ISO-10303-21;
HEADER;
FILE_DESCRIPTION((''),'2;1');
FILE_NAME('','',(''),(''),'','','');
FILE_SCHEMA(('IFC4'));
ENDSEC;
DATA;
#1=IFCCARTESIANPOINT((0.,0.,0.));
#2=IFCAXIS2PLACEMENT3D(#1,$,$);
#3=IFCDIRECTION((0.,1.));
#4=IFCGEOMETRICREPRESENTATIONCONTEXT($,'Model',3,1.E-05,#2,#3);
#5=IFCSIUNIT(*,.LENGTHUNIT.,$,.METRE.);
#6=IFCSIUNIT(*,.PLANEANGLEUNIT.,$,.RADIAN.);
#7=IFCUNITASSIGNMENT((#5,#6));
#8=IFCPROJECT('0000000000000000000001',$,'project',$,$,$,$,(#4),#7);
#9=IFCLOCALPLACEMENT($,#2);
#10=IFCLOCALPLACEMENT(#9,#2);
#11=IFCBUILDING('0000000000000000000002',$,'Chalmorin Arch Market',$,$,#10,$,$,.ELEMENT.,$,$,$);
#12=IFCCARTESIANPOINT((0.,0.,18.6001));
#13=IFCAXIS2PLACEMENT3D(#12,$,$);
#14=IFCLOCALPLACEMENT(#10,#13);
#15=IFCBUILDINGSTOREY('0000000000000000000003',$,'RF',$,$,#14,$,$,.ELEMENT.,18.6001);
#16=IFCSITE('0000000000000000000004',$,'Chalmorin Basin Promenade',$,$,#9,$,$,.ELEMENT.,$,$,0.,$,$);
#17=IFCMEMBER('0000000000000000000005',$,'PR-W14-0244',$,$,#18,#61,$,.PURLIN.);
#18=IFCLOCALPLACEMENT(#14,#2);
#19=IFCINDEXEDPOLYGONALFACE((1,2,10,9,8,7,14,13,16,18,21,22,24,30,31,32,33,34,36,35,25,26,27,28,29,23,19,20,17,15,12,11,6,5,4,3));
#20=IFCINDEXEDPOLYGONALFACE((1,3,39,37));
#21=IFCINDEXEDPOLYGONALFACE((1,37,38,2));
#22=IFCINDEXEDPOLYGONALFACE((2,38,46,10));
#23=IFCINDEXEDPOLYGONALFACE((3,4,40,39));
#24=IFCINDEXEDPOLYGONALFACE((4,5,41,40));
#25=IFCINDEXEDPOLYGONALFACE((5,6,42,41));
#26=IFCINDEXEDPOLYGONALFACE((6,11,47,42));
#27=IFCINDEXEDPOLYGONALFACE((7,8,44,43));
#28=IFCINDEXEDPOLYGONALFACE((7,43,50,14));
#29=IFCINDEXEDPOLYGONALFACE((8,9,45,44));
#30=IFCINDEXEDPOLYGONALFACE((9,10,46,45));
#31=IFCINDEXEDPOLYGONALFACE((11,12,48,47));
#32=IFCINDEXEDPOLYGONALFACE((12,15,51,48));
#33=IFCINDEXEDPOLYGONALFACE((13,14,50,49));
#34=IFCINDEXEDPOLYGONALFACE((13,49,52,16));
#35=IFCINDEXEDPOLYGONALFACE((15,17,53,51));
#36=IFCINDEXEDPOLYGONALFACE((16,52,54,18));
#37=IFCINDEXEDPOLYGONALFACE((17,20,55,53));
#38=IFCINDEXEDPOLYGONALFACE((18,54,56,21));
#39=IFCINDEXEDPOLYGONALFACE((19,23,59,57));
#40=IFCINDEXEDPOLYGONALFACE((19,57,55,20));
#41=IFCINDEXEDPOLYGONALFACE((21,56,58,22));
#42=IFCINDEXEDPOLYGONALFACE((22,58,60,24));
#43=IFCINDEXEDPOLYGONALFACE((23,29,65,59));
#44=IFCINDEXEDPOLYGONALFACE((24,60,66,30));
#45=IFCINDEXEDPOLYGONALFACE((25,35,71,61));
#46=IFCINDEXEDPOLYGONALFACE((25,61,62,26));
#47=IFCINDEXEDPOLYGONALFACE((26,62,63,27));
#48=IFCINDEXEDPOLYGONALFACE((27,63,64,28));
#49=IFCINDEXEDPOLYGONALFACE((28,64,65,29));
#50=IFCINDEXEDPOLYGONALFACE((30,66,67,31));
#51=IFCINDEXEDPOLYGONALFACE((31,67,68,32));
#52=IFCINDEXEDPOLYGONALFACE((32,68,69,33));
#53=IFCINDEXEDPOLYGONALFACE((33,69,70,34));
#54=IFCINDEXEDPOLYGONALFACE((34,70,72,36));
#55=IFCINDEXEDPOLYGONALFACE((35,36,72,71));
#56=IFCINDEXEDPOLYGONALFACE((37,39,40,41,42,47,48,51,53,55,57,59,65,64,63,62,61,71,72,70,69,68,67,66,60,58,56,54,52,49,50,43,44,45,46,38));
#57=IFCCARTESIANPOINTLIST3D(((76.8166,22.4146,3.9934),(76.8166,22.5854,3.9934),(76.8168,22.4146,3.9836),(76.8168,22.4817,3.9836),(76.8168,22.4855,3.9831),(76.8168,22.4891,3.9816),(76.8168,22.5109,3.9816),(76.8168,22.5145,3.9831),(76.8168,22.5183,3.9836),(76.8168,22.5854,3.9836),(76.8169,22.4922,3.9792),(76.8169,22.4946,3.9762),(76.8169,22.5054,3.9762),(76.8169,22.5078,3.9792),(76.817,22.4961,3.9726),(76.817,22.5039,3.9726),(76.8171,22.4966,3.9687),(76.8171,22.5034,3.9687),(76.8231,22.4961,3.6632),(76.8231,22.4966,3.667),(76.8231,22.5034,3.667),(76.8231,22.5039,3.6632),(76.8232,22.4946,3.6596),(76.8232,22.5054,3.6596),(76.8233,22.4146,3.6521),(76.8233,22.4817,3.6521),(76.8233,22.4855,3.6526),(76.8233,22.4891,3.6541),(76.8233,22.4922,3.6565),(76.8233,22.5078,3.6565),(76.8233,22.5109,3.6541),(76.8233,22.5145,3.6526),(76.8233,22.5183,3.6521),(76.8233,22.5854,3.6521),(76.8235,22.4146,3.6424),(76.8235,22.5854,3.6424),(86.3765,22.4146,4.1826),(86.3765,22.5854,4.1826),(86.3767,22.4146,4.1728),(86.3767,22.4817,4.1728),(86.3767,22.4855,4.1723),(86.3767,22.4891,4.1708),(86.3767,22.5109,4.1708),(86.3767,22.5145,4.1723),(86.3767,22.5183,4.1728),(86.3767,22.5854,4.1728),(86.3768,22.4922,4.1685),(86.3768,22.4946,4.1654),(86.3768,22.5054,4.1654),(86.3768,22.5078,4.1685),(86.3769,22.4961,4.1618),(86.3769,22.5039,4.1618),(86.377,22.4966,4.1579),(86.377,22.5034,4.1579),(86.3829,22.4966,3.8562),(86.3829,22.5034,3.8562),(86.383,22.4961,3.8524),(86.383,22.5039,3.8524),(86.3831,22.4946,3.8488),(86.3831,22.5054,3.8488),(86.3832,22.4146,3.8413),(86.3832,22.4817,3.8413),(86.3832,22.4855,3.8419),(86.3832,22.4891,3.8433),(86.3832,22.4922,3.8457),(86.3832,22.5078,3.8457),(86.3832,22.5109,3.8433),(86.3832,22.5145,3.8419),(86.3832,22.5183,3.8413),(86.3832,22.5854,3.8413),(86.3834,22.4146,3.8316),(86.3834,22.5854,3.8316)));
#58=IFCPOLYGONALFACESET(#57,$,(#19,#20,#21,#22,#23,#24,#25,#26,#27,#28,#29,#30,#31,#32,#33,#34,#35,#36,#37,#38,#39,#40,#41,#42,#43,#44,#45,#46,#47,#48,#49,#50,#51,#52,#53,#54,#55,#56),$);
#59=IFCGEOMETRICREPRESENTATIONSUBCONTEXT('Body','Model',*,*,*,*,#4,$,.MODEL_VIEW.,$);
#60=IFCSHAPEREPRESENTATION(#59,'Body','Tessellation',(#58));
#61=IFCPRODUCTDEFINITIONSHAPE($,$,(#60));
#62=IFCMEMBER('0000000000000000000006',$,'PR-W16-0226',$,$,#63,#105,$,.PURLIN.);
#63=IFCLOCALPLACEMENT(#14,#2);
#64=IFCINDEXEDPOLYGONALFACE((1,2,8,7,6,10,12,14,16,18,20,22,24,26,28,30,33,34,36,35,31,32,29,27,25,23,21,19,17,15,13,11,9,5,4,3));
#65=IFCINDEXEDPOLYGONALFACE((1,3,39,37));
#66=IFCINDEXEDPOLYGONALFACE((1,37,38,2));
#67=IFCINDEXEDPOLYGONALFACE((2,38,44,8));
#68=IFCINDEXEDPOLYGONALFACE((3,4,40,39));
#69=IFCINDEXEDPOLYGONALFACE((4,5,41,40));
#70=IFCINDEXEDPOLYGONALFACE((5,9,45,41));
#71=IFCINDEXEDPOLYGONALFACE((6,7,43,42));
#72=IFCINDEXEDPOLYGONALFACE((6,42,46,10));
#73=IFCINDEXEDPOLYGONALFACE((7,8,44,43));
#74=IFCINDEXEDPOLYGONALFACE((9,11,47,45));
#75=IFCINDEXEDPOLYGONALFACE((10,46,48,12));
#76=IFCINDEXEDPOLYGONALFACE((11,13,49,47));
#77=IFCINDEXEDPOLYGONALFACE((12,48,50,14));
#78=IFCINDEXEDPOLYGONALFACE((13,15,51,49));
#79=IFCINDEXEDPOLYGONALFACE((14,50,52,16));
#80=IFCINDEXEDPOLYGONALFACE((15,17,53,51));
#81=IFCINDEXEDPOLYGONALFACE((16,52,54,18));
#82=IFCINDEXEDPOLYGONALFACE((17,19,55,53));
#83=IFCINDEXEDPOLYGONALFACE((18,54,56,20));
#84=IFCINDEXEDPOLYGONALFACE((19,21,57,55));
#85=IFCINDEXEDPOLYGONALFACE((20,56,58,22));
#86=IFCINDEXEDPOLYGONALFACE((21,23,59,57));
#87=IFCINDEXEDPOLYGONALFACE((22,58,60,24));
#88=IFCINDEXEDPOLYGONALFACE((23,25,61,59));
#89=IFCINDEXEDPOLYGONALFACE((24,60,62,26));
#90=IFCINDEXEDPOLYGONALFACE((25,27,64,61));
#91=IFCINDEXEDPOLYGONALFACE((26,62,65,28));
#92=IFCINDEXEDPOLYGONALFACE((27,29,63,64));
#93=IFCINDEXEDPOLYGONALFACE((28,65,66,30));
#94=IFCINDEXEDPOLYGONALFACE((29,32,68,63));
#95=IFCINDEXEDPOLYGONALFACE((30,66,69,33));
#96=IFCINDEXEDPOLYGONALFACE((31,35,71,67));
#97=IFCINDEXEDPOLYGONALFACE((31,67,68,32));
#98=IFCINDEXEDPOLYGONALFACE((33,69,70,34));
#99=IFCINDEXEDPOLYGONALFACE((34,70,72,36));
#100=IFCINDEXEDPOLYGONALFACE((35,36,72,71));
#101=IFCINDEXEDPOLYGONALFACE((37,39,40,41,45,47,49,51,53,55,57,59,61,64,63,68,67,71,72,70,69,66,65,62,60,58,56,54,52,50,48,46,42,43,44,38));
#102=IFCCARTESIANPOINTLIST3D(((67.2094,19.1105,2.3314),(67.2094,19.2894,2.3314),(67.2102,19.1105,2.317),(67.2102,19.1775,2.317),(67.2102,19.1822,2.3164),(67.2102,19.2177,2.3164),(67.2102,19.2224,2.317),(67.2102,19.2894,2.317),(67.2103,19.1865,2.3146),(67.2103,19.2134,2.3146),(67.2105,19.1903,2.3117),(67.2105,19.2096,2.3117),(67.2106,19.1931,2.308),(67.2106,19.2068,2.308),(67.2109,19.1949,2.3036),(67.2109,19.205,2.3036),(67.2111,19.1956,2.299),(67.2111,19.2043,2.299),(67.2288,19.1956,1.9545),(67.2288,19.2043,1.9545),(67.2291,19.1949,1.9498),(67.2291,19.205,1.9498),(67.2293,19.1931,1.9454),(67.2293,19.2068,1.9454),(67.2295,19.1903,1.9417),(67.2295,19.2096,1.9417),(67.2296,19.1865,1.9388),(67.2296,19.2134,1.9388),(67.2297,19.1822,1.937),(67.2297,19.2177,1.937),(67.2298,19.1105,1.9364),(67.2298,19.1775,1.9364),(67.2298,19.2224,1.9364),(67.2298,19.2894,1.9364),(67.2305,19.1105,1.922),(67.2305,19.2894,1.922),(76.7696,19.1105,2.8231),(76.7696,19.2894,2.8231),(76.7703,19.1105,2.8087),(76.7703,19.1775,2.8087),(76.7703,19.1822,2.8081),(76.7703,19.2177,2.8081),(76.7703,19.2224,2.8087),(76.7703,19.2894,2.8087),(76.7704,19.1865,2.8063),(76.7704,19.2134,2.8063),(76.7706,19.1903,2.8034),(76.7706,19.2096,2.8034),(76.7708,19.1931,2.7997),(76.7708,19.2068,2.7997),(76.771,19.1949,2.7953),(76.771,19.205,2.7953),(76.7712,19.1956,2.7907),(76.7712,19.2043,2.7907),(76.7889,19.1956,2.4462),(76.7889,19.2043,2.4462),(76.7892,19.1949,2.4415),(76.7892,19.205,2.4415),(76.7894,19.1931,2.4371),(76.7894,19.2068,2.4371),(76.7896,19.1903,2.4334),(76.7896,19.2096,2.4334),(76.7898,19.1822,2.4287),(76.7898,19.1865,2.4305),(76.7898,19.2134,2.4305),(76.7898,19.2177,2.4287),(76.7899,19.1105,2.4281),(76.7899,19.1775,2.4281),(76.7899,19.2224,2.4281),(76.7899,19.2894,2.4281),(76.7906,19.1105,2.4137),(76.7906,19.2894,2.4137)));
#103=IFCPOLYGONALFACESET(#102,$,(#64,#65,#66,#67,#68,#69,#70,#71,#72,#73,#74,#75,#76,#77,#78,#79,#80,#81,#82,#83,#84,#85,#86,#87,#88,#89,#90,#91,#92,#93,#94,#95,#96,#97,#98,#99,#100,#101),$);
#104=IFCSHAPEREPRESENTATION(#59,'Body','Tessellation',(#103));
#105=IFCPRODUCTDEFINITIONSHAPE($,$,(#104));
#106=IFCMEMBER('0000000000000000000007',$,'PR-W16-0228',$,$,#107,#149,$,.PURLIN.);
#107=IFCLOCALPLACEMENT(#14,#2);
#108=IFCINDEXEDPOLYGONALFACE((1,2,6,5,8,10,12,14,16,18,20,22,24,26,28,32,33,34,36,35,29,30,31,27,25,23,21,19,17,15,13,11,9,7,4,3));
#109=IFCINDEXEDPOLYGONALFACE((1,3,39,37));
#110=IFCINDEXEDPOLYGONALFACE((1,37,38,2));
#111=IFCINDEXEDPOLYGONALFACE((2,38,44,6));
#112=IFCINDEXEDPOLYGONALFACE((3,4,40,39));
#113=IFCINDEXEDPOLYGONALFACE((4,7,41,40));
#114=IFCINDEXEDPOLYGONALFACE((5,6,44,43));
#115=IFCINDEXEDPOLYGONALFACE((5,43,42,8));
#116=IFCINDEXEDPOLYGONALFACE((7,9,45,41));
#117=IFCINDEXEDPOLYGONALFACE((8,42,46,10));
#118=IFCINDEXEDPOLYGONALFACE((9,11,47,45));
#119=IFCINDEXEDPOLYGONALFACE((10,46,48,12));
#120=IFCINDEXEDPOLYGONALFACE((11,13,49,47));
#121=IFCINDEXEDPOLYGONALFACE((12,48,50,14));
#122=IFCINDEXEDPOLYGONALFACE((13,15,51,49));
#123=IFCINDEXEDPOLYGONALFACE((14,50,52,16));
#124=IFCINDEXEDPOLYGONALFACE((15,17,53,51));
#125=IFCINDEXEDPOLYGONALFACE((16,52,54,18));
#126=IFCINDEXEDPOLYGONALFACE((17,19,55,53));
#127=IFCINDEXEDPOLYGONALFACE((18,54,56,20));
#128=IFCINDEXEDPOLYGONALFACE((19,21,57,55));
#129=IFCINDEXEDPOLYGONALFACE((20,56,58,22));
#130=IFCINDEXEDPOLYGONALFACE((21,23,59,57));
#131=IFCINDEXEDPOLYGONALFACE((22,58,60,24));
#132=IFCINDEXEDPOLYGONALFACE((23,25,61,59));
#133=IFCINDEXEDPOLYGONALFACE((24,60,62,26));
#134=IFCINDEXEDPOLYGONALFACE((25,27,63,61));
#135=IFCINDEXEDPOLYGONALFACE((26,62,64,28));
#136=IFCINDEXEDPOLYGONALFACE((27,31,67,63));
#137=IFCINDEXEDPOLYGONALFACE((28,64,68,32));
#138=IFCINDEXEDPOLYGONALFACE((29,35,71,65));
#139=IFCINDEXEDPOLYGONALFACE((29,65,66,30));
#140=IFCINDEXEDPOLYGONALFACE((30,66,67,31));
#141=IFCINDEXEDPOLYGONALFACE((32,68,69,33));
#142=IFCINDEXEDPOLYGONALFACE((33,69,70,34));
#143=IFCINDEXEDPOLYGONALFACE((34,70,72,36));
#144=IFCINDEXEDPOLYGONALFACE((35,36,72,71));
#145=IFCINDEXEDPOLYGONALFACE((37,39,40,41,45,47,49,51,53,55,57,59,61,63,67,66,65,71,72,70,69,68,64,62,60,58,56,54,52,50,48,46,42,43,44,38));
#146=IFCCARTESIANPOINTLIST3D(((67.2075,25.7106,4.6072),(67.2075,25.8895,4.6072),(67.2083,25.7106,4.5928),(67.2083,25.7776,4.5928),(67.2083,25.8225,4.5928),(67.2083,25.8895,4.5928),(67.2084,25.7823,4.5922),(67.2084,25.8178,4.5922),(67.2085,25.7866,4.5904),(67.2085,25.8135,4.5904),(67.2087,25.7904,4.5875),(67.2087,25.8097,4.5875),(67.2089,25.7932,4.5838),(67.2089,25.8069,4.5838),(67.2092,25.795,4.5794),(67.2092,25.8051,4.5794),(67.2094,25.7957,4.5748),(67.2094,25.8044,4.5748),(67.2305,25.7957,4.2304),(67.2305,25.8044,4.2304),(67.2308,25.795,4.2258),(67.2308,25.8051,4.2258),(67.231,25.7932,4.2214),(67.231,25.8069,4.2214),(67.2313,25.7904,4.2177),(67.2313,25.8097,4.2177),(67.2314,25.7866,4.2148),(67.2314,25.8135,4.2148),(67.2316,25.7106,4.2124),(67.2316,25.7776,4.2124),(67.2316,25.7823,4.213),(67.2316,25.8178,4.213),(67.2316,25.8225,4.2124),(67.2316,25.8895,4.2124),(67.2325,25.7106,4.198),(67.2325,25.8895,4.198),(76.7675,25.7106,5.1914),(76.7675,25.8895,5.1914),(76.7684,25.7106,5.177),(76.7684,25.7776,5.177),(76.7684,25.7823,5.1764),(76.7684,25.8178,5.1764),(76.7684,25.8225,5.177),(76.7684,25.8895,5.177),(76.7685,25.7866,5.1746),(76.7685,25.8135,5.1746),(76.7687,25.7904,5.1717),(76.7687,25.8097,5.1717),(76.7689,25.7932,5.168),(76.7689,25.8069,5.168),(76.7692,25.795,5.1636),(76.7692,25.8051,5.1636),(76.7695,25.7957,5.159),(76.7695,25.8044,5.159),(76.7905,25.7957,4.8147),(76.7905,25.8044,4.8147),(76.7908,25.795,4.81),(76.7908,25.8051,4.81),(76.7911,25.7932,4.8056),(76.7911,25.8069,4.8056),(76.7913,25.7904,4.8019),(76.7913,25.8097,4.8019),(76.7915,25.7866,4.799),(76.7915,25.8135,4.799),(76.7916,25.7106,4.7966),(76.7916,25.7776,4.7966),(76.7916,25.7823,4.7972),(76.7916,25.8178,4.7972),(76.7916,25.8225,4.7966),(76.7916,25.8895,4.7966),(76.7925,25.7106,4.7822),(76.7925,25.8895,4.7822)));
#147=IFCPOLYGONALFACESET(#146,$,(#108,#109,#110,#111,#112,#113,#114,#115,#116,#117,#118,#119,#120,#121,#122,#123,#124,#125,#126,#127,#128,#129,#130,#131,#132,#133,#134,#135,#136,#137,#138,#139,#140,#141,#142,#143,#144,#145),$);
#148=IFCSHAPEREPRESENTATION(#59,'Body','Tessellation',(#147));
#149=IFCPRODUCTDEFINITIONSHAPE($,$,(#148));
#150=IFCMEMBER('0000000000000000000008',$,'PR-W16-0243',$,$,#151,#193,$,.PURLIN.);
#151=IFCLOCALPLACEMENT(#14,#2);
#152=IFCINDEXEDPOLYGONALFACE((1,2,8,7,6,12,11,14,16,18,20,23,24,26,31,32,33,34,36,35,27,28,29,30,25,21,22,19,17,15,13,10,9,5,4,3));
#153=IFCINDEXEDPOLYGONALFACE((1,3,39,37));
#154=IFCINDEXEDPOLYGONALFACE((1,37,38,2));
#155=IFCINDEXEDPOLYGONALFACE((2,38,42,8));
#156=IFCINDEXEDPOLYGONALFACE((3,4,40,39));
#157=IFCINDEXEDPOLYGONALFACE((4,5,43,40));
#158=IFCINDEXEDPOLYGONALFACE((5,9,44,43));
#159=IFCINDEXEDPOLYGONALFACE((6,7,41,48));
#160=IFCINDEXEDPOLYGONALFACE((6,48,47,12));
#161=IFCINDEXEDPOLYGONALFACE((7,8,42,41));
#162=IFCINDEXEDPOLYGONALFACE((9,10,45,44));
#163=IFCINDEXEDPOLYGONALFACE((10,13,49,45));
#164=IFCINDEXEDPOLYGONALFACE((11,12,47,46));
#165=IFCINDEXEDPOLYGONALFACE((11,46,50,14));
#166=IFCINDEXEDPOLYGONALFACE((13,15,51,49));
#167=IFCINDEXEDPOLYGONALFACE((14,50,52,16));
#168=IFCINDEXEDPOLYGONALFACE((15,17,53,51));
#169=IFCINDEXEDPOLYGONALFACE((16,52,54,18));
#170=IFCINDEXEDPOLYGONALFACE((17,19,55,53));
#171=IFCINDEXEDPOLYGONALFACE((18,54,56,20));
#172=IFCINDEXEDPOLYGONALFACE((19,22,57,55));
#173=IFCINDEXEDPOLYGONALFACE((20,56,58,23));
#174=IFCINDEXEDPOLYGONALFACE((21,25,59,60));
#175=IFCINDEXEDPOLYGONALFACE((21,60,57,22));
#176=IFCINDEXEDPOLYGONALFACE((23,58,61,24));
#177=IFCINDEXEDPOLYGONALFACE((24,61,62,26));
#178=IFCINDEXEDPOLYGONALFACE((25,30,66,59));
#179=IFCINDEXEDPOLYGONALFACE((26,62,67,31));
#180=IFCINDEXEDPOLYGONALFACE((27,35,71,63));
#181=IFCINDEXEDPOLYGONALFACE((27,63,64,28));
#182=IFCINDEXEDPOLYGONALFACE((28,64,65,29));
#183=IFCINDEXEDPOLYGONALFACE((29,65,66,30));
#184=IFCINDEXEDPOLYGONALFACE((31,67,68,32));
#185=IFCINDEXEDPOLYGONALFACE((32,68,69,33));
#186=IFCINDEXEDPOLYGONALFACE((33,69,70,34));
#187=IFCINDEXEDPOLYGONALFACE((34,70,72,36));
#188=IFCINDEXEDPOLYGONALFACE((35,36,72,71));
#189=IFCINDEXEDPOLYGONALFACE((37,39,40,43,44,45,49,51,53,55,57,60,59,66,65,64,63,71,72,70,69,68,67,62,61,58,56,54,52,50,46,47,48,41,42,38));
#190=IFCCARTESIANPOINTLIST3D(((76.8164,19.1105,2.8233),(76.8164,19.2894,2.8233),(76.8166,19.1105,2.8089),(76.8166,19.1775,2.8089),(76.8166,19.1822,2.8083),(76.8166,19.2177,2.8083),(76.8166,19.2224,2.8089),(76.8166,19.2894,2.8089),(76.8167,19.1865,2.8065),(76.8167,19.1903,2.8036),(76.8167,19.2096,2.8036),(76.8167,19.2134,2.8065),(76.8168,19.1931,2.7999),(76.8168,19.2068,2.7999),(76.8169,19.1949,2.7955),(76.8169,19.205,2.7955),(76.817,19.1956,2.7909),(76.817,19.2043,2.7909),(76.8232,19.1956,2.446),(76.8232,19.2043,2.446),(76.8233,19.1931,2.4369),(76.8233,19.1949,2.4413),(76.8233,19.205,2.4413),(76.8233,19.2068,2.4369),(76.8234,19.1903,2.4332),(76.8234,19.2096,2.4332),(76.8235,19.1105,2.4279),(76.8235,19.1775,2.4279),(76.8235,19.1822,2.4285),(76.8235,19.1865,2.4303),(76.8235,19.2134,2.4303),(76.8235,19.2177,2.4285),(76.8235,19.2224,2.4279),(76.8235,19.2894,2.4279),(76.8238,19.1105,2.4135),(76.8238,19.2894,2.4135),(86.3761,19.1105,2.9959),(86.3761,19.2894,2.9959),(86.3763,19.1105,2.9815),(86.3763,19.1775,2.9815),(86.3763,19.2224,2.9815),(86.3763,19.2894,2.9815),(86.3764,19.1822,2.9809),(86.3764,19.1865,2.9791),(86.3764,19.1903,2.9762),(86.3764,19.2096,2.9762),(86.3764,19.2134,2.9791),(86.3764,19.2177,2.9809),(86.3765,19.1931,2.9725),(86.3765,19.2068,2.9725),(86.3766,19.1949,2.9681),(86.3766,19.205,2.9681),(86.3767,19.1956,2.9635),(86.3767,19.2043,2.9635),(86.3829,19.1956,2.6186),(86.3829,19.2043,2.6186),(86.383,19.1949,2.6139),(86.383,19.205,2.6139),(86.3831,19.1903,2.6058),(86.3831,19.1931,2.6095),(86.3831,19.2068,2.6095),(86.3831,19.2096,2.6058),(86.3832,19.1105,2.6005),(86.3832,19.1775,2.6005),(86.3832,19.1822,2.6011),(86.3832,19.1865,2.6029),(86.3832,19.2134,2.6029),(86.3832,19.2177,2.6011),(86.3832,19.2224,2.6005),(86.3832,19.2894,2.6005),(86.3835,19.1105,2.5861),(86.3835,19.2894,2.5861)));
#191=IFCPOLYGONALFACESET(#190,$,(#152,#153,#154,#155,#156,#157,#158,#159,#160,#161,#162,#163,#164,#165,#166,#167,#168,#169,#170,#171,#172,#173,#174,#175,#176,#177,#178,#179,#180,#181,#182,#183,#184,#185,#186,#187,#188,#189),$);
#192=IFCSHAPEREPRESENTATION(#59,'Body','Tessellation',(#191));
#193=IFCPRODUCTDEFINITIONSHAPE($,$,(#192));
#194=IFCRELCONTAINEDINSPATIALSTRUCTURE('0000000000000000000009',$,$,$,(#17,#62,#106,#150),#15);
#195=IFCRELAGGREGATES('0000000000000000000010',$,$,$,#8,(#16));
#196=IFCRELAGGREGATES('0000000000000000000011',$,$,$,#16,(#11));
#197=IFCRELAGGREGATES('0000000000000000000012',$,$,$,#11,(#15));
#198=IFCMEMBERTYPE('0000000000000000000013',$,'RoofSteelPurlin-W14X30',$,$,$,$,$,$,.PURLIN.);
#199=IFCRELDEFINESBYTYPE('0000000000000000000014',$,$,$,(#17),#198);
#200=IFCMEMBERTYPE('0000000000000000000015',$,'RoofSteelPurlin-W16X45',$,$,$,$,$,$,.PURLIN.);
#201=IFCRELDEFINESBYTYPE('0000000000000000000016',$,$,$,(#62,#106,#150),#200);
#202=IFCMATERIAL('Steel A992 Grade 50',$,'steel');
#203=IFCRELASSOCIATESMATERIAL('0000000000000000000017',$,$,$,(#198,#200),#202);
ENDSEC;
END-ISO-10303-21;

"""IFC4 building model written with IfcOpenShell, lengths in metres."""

from ifc_helpers import new_model, si_unit, direction, frame, origin, origin_2d, place, context, subcontext, project, spatial, i_section, extrude, material, material_profile, profile_set, type_object, element, save


model = new_model("IFC4")

# Units and contexts
model_context = context("Model", 3, precision=1e-05, world=origin(), true_north=direction((0.0, 1.0)))
body_context = subcontext(model_context, "Body", "Model", "MODEL_VIEW")
ifc_project = project(units=[si_unit("LENGTHUNIT", "METRE"), si_unit("PLANEANGLEUNIT", "RADIAN")], contexts=[model_context])

# Site, building, storey
site_placement = place(None, origin())
site = spatial("IfcSite", under=ifc_project, at=site_placement, Name="Chalmorin Basin Promenade", CompositionType="ELEMENT", RefElevation=0.0)
building_placement = place(site_placement, origin())
building = spatial("IfcBuilding", under=site, at=building_placement, Name="Chalmorin Arch Market", CompositionType="ELEMENT")
storey_placement = place(building_placement, frame((0.0, 0.0, 18.6001)))
storey = spatial("IfcBuildingStorey", under=building, at=storey_placement, Name="RF", CompositionType="ELEMENT", Elevation=18.6001)

# Members
ifc_material_1 = material(Name="Steel A992 Grade 50", Category="steel")
ifc_material_profile_1 = material_profile(ifc_material_1, i_section(OverallWidth=0.1709, OverallDepth=0.3511, WebThickness=0.0068, FlangeThickness=0.0098, FilletRadius=0.0149, at=origin_2d()), Name="W14X30")
ifc_profile_set_1 = profile_set([ifc_material_profile_1], Name="Steel A992 Grade 50")
member_type_1 = type_object("IfcMemberType", Name="RoofSteelPurlin-W14X30", PredefinedType="PURLIN", material=ifc_profile_set_1)
member_1_placement = place(storey_placement, frame((76.8201, 22.5, 3.8179), z_axis=(0.999804, 0.0, 0.019788), x_axis=(0.0, 1.0, 0.0)))
element("IfcMember", 1, at=member_1_placement, inside=storey, type_object=member_type_1, Name="PR-W14-0244", PredefinedType="PURLIN", context=body_context, shape_type="SweptSolid", body=[
    extrude(i_section(OverallWidth=0.1709, OverallDepth=0.3511, WebThickness=0.0068, FlangeThickness=0.0098, FilletRadius=0.0149, at=origin_2d()), origin(), (0.0, 0.0, 1.0), 9.5618),
])
ifc_material_profile_2 = material_profile(ifc_material_1, i_section(OverallWidth=0.179, OverallDepth=0.4099, WebThickness=0.0088, FlangeThickness=0.0144, FilletRadius=0.0181, at=origin_2d()), Name="W16X45")
ifc_profile_set_2 = profile_set([ifc_material_profile_2], Name="Steel A992 Grade 50")
member_type_2 = type_object("IfcMemberType", Name="RoofSteelPurlin-W16X45", PredefinedType="PURLIN", material=ifc_profile_set_2)
member_2_placement = place(storey_placement, frame((67.22, 19.2, 2.1267), z_axis=(0.99868, 0.0, 0.051365), x_axis=(0.0, 1.0, 0.0)))
element("IfcMember", 2, at=member_2_placement, inside=storey, type_object=member_type_2, Name="PR-W16-0226", PredefinedType="PURLIN", context=body_context, shape_type="SweptSolid", body=[
    extrude(i_section(OverallWidth=0.179, OverallDepth=0.4099, WebThickness=0.0088, FlangeThickness=0.0144, FilletRadius=0.0181, at=origin_2d()), origin(), (0.0, 0.0, 1.0), 9.5728),
])
member_3_placement = place(storey_placement, frame((67.22, 25.8, 4.4026), z_axis=(0.998138, 0.0, 0.060998), x_axis=(0.0, 1.0, 0.0)))
element("IfcMember", 3, at=member_3_placement, inside=storey, type_object=member_type_2, Name="PR-W16-0228", PredefinedType="PURLIN", context=body_context, shape_type="SweptSolid", body=[
    extrude(i_section(OverallWidth=0.179, OverallDepth=0.4099, WebThickness=0.0088, FlangeThickness=0.0144, FilletRadius=0.0181, at=origin_2d()), origin(), (0.0, 0.0, 1.0), 9.5779),
])
member_4_placement = place(storey_placement, frame((76.8201, 19.2, 2.6184), z_axis=(0.999837, 0.0, 0.018053), x_axis=(0.0, 1.0, 0.0)))
element("IfcMember", 4, at=member_4_placement, inside=storey, type_object=member_type_2, Name="PR-W16-0243", PredefinedType="PURLIN", context=body_context, shape_type="SweptSolid", body=[
    extrude(i_section(OverallWidth=0.179, OverallDepth=0.4099, WebThickness=0.0088, FlangeThickness=0.0144, FilletRadius=0.0181, at=origin_2d()), origin(), (0.0, 0.0, 1.0), 9.5613),
])

save(model, "model.ifc")
